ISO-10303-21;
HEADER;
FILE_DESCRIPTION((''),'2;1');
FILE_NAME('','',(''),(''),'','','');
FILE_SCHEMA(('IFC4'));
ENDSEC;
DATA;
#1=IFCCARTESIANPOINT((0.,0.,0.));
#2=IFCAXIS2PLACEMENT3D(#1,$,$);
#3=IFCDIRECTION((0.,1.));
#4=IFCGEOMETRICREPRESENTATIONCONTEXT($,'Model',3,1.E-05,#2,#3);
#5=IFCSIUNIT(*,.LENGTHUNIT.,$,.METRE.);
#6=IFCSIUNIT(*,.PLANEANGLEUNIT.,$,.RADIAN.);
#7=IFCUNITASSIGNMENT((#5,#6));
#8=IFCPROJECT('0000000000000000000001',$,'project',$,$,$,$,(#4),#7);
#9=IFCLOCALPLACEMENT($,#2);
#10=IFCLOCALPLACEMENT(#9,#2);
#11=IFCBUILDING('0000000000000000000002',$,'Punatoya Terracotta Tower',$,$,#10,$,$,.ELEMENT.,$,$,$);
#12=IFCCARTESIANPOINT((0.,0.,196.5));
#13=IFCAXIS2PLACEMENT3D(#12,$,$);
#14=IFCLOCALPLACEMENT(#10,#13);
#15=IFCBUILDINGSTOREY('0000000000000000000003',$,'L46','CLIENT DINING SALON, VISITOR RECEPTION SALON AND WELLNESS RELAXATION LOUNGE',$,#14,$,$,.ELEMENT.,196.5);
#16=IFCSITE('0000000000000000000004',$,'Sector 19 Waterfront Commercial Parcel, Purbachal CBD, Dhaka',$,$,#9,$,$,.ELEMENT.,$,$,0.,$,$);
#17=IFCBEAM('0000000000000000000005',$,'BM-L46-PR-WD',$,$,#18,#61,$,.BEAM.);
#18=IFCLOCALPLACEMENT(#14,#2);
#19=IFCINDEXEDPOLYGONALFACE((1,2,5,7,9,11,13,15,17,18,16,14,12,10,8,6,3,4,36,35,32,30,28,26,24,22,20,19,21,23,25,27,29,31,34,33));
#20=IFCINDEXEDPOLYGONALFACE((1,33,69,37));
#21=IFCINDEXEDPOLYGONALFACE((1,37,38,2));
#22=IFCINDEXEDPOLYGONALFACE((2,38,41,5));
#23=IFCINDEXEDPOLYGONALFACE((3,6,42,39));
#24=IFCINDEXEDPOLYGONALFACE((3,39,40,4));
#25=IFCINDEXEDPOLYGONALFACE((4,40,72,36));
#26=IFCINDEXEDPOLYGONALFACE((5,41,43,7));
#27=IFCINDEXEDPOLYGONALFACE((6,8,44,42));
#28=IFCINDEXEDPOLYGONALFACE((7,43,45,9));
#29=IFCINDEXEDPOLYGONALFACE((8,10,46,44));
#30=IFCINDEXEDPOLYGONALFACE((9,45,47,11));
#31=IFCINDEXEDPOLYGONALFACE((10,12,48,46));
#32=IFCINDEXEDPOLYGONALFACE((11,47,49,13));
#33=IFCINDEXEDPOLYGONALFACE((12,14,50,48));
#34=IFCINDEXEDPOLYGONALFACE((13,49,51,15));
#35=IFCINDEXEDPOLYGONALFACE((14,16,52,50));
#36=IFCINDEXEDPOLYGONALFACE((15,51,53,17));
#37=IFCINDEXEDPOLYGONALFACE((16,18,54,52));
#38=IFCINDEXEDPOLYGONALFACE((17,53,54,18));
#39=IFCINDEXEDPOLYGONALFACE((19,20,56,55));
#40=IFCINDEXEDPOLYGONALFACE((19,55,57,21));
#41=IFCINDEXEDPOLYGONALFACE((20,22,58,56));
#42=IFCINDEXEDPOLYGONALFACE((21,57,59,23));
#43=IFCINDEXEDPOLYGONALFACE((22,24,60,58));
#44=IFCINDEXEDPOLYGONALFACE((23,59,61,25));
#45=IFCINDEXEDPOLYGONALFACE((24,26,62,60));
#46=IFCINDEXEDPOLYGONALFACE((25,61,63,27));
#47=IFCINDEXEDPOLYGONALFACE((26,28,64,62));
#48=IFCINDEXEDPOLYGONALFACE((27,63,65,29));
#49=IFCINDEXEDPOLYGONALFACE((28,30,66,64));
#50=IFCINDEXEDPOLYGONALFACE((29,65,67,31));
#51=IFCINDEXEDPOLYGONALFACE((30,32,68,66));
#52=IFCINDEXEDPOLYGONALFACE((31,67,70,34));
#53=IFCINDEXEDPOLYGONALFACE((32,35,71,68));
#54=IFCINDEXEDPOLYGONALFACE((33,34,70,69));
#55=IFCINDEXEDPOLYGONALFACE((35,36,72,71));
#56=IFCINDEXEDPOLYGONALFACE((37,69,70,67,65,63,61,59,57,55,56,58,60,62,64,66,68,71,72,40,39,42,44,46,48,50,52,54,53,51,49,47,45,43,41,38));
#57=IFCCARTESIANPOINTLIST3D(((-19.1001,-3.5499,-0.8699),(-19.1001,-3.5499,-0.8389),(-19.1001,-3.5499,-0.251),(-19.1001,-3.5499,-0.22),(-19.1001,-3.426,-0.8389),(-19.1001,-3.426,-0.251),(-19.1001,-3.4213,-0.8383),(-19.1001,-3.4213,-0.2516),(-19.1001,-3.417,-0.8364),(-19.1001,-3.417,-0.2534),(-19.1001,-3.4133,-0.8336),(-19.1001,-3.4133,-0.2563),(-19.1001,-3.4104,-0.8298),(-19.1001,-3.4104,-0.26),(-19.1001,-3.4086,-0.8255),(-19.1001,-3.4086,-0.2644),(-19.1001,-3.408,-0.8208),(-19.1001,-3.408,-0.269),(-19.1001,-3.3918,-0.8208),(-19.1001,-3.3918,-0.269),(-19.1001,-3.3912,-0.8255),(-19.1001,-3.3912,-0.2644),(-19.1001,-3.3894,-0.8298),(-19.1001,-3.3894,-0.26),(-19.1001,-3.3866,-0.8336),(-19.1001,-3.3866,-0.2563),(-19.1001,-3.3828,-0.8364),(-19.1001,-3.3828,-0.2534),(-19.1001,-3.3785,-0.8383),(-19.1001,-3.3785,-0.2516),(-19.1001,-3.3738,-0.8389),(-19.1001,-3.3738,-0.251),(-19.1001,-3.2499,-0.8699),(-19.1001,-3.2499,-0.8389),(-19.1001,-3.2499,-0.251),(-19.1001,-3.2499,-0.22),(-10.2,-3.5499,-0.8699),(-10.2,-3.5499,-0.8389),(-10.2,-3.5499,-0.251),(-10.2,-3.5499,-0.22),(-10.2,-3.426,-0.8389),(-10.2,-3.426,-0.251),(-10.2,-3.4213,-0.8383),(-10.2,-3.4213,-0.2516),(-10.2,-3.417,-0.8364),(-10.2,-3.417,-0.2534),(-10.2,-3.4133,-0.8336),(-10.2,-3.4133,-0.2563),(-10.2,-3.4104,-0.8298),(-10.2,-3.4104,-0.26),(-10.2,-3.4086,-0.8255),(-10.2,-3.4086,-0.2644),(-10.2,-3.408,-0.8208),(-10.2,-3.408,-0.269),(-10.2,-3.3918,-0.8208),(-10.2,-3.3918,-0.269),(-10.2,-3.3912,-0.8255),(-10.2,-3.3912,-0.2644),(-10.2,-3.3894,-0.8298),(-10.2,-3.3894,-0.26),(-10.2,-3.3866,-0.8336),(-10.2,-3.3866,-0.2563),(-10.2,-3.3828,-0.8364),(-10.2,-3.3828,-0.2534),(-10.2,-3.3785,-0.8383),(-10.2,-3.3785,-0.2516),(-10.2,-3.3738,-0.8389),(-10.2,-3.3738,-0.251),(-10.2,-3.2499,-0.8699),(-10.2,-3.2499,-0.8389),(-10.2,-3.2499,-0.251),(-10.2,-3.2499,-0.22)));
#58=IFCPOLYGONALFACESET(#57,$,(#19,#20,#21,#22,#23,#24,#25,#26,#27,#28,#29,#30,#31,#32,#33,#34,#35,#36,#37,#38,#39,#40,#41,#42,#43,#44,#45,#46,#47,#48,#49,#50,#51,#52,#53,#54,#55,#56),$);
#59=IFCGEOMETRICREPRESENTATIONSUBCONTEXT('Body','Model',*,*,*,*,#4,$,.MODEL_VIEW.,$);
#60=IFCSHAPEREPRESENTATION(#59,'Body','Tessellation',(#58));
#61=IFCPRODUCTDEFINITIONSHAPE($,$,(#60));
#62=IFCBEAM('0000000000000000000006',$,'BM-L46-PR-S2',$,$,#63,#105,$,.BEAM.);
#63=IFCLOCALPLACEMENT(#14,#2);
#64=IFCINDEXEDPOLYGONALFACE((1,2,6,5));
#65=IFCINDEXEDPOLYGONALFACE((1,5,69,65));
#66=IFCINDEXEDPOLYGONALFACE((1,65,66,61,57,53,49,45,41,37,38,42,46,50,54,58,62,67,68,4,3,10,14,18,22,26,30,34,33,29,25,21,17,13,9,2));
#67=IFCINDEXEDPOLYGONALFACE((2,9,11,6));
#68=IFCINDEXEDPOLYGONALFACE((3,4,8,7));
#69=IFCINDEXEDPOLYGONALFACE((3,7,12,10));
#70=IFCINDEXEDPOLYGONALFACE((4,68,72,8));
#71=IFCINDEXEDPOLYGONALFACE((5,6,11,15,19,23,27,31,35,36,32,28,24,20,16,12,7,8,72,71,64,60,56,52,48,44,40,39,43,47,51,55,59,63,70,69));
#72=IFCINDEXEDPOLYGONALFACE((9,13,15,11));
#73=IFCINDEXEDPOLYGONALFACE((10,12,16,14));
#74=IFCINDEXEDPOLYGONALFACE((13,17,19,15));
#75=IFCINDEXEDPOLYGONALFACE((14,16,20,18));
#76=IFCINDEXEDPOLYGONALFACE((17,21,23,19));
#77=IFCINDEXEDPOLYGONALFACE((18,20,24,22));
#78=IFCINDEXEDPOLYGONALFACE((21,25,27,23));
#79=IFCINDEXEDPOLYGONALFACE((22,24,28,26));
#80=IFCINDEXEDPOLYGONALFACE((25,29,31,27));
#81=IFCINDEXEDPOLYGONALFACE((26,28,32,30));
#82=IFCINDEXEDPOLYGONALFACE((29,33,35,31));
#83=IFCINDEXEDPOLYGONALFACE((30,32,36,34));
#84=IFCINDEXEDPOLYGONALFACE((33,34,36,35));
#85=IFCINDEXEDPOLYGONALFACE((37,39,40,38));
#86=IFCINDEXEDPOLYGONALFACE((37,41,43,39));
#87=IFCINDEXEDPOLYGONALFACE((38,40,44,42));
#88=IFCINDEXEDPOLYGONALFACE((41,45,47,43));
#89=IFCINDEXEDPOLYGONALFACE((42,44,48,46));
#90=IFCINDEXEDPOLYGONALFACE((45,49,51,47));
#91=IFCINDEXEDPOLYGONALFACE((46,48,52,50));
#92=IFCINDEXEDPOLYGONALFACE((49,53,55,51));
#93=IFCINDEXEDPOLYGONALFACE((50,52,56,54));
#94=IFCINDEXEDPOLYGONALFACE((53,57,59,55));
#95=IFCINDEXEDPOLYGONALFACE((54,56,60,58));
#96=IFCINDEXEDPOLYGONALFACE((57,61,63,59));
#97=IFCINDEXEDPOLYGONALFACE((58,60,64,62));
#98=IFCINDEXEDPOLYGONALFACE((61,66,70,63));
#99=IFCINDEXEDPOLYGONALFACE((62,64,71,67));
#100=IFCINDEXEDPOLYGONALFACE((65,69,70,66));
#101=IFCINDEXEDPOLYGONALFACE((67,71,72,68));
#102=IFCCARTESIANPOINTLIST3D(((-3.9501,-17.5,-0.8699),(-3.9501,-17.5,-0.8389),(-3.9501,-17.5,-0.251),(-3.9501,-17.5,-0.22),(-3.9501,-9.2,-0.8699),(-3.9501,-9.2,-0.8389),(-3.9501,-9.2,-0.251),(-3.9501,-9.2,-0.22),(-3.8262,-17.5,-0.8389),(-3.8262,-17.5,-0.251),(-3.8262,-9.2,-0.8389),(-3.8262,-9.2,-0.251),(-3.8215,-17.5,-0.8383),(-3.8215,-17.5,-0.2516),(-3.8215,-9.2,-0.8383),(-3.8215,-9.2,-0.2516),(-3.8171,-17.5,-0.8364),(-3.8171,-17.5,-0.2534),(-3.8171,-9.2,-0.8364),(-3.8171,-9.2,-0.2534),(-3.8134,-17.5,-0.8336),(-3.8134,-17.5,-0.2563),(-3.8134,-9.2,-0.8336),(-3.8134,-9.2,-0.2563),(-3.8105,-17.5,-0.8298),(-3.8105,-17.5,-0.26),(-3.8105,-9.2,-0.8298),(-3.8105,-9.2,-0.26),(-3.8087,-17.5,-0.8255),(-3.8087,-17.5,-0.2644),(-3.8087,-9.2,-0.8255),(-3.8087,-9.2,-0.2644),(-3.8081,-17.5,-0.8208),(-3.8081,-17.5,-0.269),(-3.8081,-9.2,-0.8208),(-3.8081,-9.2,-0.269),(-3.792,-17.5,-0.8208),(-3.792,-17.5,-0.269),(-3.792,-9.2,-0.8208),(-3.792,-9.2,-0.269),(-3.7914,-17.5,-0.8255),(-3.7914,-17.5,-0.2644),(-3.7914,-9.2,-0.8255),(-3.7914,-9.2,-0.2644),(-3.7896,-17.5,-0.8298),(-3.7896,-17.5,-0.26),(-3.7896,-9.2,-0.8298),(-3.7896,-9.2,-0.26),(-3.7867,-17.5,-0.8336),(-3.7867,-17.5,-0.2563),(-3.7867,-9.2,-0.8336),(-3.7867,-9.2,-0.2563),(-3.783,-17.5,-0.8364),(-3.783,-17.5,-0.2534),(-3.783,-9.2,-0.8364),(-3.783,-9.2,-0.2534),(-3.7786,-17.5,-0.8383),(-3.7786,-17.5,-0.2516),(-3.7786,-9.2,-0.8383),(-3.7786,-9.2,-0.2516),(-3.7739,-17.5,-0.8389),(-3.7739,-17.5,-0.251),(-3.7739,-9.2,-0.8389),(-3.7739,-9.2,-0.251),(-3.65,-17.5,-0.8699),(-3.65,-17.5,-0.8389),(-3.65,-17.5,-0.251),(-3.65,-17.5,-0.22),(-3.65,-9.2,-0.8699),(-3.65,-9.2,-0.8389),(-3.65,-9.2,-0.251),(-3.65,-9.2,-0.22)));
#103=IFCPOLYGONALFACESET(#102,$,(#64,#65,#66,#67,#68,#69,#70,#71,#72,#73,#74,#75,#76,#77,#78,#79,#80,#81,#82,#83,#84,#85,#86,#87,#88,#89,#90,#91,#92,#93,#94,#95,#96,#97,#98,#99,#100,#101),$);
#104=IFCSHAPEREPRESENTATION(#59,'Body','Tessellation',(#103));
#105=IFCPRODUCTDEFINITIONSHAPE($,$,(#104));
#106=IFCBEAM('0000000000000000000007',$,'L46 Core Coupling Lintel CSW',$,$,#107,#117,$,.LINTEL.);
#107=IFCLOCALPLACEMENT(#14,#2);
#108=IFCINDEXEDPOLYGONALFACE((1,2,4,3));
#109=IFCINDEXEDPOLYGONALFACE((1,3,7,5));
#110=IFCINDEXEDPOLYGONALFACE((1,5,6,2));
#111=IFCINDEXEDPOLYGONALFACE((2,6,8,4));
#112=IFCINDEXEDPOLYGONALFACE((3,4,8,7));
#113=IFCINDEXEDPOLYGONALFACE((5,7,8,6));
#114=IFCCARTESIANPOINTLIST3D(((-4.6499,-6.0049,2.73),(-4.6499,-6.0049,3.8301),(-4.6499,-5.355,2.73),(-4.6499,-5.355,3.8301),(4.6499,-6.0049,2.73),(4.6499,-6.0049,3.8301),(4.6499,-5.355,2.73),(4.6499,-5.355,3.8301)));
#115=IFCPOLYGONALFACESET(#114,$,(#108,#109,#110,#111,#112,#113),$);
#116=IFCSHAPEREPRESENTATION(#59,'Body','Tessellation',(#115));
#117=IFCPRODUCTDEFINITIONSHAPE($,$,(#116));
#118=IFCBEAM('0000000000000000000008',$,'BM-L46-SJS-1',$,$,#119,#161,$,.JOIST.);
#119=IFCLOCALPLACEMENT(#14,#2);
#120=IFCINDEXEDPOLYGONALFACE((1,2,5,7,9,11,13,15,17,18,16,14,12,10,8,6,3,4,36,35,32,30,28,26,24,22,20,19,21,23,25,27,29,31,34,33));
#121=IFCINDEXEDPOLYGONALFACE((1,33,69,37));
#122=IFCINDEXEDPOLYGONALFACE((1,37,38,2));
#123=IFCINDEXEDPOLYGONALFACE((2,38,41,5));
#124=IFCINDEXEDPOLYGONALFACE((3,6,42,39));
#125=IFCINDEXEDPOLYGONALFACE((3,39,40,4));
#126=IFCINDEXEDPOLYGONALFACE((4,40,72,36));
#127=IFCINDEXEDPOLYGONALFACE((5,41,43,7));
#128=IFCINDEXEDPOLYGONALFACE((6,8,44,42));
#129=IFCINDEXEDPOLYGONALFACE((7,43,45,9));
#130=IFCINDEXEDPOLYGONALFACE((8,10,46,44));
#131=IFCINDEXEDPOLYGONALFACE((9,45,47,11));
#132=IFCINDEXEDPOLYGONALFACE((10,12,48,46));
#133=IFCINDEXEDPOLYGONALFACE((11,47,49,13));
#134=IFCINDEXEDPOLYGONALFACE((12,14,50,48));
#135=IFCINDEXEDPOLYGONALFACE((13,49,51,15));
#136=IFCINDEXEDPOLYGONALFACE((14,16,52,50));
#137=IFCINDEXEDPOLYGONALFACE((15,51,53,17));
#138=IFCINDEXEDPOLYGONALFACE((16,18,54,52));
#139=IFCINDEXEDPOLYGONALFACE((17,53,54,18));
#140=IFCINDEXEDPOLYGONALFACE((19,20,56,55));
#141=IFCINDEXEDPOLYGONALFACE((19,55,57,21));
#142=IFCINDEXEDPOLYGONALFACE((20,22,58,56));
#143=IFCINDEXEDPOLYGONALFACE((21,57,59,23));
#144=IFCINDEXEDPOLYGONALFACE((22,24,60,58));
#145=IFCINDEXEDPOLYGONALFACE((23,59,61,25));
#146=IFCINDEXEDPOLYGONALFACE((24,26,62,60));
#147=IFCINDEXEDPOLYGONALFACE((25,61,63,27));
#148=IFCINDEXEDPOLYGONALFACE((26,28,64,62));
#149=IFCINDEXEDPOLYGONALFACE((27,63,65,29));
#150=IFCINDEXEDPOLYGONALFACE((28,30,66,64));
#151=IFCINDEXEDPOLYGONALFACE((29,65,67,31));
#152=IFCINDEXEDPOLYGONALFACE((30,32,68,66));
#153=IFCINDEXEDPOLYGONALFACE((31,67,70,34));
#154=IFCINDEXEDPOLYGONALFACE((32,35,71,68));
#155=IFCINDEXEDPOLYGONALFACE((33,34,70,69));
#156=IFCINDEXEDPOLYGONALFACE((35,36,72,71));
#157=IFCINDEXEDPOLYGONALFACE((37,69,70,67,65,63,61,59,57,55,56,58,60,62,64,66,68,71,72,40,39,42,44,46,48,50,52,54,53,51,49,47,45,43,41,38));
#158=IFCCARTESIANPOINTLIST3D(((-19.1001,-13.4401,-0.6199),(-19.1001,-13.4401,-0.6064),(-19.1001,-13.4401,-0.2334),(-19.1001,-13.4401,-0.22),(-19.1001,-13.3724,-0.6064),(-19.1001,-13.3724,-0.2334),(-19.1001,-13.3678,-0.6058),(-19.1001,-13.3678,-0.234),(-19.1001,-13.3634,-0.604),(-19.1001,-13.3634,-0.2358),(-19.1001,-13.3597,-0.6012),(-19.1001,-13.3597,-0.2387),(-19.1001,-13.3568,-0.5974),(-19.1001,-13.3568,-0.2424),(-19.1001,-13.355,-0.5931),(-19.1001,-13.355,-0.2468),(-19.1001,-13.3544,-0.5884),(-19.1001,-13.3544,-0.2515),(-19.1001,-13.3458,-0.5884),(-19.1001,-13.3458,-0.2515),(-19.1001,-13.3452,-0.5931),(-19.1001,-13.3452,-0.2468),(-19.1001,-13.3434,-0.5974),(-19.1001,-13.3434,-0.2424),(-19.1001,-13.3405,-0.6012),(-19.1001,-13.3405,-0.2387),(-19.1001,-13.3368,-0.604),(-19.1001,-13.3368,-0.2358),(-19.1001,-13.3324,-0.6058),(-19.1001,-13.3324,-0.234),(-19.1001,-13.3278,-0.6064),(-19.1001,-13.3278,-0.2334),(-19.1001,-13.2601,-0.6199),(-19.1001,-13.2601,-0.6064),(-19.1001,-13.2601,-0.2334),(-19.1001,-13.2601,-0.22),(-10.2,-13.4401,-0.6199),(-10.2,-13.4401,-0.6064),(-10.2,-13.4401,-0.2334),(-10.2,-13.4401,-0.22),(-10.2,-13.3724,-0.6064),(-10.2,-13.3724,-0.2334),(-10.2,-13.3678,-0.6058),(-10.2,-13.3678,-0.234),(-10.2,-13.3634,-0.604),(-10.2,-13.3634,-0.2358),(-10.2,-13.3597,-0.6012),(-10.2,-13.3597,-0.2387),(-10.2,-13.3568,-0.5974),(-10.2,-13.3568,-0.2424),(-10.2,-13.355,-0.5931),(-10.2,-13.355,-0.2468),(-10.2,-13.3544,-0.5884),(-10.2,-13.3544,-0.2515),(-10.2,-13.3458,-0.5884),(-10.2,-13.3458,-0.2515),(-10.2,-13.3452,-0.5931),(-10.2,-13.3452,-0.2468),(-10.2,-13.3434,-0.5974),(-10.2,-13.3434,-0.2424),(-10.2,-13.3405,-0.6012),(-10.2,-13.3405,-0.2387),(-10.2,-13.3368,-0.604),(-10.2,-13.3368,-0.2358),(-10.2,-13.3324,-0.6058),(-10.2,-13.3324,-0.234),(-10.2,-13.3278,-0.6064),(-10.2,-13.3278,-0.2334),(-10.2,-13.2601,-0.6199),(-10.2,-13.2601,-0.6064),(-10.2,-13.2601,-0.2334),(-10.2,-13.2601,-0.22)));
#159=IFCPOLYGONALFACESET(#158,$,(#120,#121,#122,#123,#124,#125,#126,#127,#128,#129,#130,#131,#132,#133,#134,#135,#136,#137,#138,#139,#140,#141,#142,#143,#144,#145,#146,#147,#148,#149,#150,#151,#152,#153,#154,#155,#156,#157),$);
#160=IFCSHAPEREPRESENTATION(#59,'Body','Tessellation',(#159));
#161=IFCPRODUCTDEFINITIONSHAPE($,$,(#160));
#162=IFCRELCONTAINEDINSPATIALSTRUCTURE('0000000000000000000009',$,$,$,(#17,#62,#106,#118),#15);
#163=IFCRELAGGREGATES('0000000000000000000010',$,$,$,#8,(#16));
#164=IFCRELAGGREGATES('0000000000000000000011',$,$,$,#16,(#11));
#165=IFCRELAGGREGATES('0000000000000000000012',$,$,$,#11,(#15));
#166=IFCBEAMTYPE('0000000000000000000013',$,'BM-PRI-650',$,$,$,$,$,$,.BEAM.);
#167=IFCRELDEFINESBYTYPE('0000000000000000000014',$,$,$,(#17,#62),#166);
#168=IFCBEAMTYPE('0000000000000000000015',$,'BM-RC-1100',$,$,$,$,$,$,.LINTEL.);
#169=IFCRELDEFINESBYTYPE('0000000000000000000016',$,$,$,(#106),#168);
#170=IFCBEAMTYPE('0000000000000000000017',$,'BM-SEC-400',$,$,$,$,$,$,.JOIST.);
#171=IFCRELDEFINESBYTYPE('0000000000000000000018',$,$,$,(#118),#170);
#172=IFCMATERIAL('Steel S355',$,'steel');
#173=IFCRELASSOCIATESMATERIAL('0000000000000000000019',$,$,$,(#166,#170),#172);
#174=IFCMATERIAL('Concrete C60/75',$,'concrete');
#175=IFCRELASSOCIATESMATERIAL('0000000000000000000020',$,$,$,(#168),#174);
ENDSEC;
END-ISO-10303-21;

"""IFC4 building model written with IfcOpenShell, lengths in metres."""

from ifc_helpers import new_model, si_unit, direction, frame, origin, origin_2d, place, context, subcontext, project, spatial, rectangle, i_section, extrude, material, material_profile, profile_set, type_object, element, save


model = new_model("IFC4")

# Units and contexts
model_context = context("Model", 3, precision=1e-05, world=origin(), true_north=direction((0.0, 1.0)))
body_context = subcontext(model_context, "Body", "Model", "MODEL_VIEW")
ifc_project = project(units=[si_unit("LENGTHUNIT", "METRE"), si_unit("PLANEANGLEUNIT", "RADIAN")], contexts=[model_context])

# Site, building, storey
site_placement = place(None, origin())
site = spatial("IfcSite", under=ifc_project, at=site_placement, Name="Sector 19 Waterfront Commercial Parcel, Purbachal CBD, Dhaka", CompositionType="ELEMENT", RefElevation=0.0)
building_placement = place(site_placement, origin())
building = spatial("IfcBuilding", under=site, at=building_placement, Name="Punatoya Terracotta Tower", CompositionType="ELEMENT")
storey_placement = place(building_placement, frame((0.0, 0.0, 196.5)))
storey = spatial("IfcBuildingStorey", under=building, at=storey_placement, Name="L46", Description="CLIENT DINING SALON, VISITOR RECEPTION SALON AND WELLNESS RELAXATION LOUNGE", CompositionType="ELEMENT", Elevation=196.5)

# Beams
ifc_material_1 = material(Name="Steel S355", Category="steel")
ifc_material_profile_1 = material_profile(ifc_material_1, i_section(OverallWidth=0.3, OverallDepth=0.6499, WebThickness=0.0161, FlangeThickness=0.031, FilletRadius=0.0181, at=origin_2d()))
ifc_profile_set_1 = profile_set([ifc_material_profile_1], Name="Steel S355")
beam_type_1 = type_object("IfcBeamType", Name="BM-PRI-650", PredefinedType="BEAM", material=ifc_profile_set_1)
for number, where, z_axis, x_axis, name in (
    (1, (-19.1001, -3.3999, -0.5449), (1.0, 0.0, 0.0), (0.0, 1.0, 0.0), "BM-L46-PR-WD"),
):
    element("IfcBeam", number, at=place(storey_placement, frame(where, z_axis=z_axis, x_axis=x_axis)), inside=storey, type_object=beam_type_1, Name=name, PredefinedType="BEAM", context=body_context, shape_type="SweptSolid", body=[
        extrude(i_section(OverallWidth=0.3, OverallDepth=0.6499, WebThickness=0.0161, FlangeThickness=0.031, FilletRadius=0.0181, at=origin_2d()), origin(), (0.0, 0.0, 1.0), 8.9001),
    ])
beam_1_placement = place(storey_placement, frame((-3.8, -17.5, -0.5449), z_axis=(0.0, 1.0, 0.0), x_axis=(-1.0, 0.0, 0.0)))
element("IfcBeam", 2, at=beam_1_placement, inside=storey, type_object=beam_type_1, Name="BM-L46-PR-S2", PredefinedType="BEAM", context=body_context, shape_type="SweptSolid", body=[
    extrude(i_section(OverallWidth=0.3, OverallDepth=0.6499, WebThickness=0.0161, FlangeThickness=0.031, FilletRadius=0.0181, at=origin_2d()), origin(), (0.0, 0.0, 1.0), 8.3),
])
ifc_material_2 = material(Name="Concrete C60/75", Category="concrete")
ifc_material_profile_2 = material_profile(ifc_material_2, rectangle(XDim=0.6499, YDim=1.1001, at=origin_2d()))
ifc_profile_set_2 = profile_set([ifc_material_profile_2], Name="Concrete C60/75")
beam_type_2 = type_object("IfcBeamType", Name="BM-RC-1100", PredefinedType="LINTEL", material=ifc_profile_set_2)
beam_2_placement = place(storey_placement, frame((-4.6499, -5.6799, 3.28), z_axis=(1.0, 0.0, 0.0), x_axis=(0.0, 1.0, 0.0)))
element("IfcBeam", 3, at=beam_2_placement, inside=storey, type_object=beam_type_2, Name="L46 Core Coupling Lintel CSW", PredefinedType="LINTEL", context=body_context, shape_type="SweptSolid", body=[
    extrude(rectangle(XDim=0.6499, YDim=1.1001, at=origin_2d()), origin(), (0.0, 0.0, 1.0), 9.2998),
])
ifc_material_profile_3 = material_profile(ifc_material_1, i_section(OverallWidth=0.1799, OverallDepth=0.3999, WebThickness=0.0085, FlangeThickness=0.0134, FilletRadius=0.0181, at=origin_2d()))
ifc_profile_set_3 = profile_set([ifc_material_profile_3], Name="Steel S355")
beam_type_3 = type_object("IfcBeamType", Name="BM-SEC-400", PredefinedType="JOIST", material=ifc_profile_set_3)
beam_3_placement = place(storey_placement, frame((-19.1001, -13.3501, -0.4199), z_axis=(1.0, 0.0, 0.0), x_axis=(0.0, 1.0, 0.0)))
element("IfcBeam", 4, at=beam_3_placement, inside=storey, type_object=beam_type_3, Name="BM-L46-SJS-1", PredefinedType="JOIST", context=body_context, shape_type="SweptSolid", body=[
    extrude(i_section(OverallWidth=0.1799, OverallDepth=0.3999, WebThickness=0.0085, FlangeThickness=0.0134, FilletRadius=0.0181, at=origin_2d()), origin(), (0.0, 0.0, 1.0), 8.9001),
])

save(model, "model.ifc")
